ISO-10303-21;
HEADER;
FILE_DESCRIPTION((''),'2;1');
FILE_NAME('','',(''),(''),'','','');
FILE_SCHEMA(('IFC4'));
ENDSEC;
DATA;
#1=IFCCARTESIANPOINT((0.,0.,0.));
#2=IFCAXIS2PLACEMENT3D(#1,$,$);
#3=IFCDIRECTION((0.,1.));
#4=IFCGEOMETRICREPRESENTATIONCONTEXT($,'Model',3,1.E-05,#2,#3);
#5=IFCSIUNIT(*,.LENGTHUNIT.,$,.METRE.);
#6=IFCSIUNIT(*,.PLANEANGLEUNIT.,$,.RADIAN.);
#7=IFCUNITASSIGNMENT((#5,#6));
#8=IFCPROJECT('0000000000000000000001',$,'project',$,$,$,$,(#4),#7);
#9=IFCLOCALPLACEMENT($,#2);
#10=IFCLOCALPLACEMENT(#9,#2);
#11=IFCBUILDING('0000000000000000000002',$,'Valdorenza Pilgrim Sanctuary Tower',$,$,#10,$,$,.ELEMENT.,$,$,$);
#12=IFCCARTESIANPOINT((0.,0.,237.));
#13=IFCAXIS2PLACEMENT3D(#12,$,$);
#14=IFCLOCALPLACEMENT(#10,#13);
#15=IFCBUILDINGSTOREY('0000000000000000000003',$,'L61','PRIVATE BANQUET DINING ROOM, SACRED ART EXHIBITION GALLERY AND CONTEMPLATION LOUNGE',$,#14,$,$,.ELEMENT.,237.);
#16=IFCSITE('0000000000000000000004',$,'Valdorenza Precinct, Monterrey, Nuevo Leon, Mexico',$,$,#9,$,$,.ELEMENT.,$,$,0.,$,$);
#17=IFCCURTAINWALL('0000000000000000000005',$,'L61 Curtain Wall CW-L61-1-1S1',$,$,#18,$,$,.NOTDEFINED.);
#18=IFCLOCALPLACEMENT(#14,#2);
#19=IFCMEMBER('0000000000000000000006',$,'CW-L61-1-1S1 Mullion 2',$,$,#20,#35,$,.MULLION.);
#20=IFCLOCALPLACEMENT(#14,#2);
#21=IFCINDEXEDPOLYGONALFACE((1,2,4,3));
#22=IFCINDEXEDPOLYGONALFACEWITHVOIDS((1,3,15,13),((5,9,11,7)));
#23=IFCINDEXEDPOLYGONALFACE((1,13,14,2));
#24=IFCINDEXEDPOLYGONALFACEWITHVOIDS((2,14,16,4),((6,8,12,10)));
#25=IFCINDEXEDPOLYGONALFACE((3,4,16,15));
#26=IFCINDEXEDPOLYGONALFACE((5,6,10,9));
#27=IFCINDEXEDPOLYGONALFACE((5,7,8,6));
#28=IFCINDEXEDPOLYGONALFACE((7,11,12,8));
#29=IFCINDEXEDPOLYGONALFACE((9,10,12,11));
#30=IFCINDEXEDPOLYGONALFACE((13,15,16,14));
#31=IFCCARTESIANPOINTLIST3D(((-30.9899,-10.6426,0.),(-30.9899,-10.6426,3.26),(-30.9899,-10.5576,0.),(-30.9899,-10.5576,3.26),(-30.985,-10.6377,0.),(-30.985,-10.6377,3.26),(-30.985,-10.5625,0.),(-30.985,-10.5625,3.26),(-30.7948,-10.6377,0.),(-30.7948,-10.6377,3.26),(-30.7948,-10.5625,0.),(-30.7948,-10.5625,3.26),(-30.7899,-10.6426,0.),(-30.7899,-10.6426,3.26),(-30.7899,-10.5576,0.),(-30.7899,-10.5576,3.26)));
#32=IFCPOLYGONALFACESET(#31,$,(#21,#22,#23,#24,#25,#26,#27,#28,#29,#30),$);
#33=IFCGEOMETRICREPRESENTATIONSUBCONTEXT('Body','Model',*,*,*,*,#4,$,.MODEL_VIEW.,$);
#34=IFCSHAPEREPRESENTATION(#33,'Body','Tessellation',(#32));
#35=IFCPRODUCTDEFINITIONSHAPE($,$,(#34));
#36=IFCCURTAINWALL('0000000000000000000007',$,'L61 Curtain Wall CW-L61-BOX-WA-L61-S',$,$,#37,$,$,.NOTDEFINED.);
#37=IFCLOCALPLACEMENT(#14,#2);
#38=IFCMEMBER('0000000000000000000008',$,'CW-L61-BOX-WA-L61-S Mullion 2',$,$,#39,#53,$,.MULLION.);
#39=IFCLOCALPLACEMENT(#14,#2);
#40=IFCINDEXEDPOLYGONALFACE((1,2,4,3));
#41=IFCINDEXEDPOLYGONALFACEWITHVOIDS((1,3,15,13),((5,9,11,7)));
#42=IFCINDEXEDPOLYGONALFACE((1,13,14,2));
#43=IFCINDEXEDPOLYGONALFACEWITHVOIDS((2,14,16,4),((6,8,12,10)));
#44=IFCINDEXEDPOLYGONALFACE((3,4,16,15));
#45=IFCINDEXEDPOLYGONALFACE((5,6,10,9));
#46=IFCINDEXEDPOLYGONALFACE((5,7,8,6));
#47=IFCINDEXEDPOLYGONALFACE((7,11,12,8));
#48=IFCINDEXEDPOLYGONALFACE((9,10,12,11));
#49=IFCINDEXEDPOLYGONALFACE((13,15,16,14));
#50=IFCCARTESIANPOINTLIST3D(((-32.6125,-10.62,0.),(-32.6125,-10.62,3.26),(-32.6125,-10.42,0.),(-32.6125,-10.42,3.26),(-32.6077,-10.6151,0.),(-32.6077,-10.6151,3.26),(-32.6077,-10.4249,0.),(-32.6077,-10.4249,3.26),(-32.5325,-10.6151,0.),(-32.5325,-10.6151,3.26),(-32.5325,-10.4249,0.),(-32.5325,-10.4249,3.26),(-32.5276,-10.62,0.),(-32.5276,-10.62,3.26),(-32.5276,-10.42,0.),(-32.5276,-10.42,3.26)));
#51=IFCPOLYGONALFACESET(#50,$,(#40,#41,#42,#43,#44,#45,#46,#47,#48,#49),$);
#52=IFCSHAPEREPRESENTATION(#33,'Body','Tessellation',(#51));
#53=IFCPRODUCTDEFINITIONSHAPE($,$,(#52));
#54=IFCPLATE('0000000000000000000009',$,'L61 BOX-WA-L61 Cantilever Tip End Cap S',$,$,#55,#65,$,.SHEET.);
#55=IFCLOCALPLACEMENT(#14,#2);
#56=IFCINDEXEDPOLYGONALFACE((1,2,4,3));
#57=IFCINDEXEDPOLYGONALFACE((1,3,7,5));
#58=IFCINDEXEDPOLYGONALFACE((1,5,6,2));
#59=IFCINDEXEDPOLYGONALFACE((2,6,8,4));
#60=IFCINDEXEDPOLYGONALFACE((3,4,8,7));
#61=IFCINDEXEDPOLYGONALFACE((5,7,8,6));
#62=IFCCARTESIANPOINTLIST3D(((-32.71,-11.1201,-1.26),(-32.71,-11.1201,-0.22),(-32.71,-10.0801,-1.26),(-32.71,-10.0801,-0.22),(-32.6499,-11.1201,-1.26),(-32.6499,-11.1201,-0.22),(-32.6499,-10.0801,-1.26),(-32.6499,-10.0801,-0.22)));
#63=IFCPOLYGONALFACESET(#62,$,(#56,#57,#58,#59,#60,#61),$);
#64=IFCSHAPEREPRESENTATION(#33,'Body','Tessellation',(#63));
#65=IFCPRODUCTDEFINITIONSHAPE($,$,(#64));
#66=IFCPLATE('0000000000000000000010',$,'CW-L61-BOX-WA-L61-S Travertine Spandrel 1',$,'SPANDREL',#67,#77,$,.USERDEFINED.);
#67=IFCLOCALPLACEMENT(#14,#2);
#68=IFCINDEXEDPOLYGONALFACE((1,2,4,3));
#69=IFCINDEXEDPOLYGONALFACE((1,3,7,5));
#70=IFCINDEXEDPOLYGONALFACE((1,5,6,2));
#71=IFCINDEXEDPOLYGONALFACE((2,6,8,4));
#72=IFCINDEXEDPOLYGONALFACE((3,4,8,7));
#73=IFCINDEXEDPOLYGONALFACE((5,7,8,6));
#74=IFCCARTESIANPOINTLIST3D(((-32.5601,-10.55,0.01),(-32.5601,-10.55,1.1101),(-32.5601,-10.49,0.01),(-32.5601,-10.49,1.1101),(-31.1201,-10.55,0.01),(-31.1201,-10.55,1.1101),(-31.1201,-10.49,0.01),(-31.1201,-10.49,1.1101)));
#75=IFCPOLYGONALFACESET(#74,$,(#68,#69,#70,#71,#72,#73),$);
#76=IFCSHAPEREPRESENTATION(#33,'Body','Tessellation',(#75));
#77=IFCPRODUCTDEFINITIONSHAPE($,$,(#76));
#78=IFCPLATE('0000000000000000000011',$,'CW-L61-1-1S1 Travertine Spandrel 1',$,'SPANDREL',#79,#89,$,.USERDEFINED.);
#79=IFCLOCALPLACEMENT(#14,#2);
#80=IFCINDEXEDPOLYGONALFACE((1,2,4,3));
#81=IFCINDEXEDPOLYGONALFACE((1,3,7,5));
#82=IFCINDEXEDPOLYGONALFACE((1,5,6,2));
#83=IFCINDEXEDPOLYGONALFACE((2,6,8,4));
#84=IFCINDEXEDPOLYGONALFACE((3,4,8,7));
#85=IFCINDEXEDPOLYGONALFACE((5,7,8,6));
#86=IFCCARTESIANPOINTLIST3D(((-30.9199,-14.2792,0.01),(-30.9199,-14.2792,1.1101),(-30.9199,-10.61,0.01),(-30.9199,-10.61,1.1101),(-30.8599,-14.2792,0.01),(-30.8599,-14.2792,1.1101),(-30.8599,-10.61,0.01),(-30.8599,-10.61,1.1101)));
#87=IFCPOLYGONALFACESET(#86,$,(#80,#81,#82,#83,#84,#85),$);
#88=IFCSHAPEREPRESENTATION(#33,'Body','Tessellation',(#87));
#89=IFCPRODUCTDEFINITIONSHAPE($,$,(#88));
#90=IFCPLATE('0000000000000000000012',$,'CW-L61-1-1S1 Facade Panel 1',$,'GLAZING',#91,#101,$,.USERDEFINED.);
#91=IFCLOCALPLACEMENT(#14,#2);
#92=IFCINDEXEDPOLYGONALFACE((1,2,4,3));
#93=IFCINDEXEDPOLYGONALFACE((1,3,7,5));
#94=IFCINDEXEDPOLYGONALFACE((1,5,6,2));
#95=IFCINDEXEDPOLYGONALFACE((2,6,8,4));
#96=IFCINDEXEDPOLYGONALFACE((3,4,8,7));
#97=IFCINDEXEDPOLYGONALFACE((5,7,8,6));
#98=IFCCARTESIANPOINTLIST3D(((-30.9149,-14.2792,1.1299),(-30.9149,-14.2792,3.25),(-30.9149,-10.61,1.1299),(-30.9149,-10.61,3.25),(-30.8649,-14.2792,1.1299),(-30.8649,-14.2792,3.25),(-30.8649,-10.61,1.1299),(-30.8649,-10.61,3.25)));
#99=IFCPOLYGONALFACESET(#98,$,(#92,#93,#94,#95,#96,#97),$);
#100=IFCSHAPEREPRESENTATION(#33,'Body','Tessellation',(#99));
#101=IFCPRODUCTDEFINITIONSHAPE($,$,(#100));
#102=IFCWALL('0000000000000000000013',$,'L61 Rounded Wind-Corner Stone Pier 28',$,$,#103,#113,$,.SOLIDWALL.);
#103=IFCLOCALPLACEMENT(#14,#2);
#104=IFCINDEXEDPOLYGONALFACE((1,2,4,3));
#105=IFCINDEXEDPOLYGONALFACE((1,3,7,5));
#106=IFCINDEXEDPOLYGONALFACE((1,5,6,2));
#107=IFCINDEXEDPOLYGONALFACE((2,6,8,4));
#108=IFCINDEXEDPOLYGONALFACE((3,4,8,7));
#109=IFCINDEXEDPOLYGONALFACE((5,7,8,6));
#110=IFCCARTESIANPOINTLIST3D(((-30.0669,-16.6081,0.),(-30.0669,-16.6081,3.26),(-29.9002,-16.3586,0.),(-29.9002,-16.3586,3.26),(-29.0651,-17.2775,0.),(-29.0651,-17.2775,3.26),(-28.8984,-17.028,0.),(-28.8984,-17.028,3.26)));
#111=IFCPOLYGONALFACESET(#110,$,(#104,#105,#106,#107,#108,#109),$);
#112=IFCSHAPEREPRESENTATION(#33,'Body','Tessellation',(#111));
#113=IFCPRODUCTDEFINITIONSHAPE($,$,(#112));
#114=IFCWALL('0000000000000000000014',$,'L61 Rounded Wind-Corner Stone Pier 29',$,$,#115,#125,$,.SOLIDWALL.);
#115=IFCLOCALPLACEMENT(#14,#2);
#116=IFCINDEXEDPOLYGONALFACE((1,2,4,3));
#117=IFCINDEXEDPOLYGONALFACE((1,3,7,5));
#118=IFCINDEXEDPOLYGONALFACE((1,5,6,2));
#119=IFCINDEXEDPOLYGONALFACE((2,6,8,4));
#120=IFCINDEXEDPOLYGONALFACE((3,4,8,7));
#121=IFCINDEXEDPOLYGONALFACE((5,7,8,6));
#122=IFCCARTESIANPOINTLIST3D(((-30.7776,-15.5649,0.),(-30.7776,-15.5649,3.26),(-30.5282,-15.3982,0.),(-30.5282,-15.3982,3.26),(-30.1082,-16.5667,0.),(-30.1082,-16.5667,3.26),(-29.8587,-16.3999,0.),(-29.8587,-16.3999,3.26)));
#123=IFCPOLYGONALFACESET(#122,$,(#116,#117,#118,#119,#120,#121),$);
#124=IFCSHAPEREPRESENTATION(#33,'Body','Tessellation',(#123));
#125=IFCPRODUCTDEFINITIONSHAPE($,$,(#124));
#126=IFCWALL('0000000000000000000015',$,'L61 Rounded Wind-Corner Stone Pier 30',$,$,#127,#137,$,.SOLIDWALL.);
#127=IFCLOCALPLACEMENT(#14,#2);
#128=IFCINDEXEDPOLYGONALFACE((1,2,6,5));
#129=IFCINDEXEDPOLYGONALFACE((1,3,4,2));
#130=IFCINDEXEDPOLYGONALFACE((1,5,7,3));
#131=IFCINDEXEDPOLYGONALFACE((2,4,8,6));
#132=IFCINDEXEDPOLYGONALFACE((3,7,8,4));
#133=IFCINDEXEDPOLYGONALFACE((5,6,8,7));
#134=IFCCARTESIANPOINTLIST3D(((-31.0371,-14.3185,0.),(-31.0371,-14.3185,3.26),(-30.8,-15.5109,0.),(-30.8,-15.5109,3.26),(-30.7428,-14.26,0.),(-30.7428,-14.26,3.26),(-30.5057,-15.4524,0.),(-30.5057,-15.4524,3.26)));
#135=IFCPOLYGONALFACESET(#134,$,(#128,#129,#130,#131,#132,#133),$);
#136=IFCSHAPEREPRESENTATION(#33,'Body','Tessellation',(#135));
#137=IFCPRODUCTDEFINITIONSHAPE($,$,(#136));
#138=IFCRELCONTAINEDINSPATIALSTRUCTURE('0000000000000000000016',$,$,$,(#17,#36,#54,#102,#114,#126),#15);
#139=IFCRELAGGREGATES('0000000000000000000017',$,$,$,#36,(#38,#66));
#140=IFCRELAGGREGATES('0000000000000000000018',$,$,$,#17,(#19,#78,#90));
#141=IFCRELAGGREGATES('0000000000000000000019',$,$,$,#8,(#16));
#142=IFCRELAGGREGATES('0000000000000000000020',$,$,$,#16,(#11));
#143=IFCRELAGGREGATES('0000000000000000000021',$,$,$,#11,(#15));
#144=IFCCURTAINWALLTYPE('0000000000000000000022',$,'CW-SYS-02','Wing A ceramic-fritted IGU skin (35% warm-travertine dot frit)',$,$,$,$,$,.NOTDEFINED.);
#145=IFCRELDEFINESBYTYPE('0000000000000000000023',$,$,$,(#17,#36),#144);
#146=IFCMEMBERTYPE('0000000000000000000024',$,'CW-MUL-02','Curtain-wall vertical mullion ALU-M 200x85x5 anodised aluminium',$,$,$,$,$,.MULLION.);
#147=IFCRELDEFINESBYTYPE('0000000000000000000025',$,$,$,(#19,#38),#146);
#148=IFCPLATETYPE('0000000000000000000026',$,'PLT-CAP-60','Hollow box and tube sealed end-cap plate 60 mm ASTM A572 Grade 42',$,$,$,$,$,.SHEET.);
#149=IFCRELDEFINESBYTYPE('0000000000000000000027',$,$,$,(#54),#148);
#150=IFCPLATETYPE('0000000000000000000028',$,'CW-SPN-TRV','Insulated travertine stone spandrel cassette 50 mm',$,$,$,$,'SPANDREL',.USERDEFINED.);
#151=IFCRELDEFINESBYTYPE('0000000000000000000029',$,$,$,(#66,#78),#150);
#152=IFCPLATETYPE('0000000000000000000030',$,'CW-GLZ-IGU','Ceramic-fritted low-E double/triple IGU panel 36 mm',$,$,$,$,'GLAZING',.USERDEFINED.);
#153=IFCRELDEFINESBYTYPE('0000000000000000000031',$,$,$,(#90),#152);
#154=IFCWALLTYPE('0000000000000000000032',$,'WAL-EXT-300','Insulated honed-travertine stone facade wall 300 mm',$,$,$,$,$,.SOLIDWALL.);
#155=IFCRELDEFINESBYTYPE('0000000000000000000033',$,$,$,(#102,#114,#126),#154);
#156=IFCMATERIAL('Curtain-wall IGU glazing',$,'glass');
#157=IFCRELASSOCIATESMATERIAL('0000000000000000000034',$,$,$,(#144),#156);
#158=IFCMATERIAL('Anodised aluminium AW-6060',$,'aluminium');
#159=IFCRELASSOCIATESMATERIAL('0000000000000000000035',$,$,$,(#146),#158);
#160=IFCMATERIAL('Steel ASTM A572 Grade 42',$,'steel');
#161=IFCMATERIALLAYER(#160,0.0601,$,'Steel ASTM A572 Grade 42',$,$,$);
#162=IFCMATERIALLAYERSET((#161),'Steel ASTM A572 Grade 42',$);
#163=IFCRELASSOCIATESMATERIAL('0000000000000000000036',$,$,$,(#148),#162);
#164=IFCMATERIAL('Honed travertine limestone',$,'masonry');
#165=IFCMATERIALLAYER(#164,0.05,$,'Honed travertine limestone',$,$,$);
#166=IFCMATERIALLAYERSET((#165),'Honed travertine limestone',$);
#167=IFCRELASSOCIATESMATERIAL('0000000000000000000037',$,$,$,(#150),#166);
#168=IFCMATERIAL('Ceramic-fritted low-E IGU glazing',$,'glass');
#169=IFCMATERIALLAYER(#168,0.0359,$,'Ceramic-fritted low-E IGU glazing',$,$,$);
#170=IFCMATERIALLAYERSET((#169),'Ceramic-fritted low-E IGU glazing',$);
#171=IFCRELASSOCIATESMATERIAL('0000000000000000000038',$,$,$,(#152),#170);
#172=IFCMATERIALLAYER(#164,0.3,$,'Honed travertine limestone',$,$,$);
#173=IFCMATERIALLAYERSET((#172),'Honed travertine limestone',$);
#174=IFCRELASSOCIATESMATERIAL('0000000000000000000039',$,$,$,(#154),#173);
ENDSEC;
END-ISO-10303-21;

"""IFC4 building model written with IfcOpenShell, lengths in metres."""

from ifc_helpers import new_model, si_unit, direction, frame, frame_2d, origin, origin_2d, place, context, subcontext, project, spatial, rectangle, hollow_rectangle, extrude, source, transform, mapped, material, layer, layer_set, material_profile, profile_set, type_object, element, aggregate, save


model = new_model("IFC4")

# Units and contexts
model_context = context("Model", 3, precision=1e-05, world=origin(), true_north=direction((0.0, 1.0)))
body_context = subcontext(model_context, "Body", "Model", "MODEL_VIEW")
ifc_project = project(units=[si_unit("LENGTHUNIT", "METRE"), si_unit("PLANEANGLEUNIT", "RADIAN")], contexts=[model_context])

# Site, building, storey
site_placement = place(None, origin())
site = spatial("IfcSite", under=ifc_project, at=site_placement, Name="Valdorenza Precinct, Monterrey, Nuevo Leon, Mexico", CompositionType="ELEMENT", RefElevation=0.0)
building_placement = place(site_placement, origin())
building = spatial("IfcBuilding", under=site, at=building_placement, Name="Valdorenza Pilgrim Sanctuary Tower", CompositionType="ELEMENT")
storey_placement = place(building_placement, frame((0.0, 0.0, 237.0)))
storey = spatial("IfcBuildingStorey", under=building, at=storey_placement, Name="L61", Description="PRIVATE BANQUET DINING ROOM, SACRED ART EXHIBITION GALLERY AND CONTEMPLATION LOUNGE", CompositionType="ELEMENT", Elevation=237.0)

# Shared definitions
ifc_material_1 = material(Name="Steel ASTM A572 Grade 42", Category="steel")

# Shared definitions
ifc_material_2 = material(Name="Curtain-wall IGU glazing", Category="glass")
curtain_wall_type = type_object("IfcCurtainWallType", Name="CW-SYS-02", Description="Wing A ceramic-fritted IGU skin (35% warm-travertine dot frit)", PredefinedType="NOTDEFINED", material=ifc_material_2)
ifc_material_3 = material(Name="Anodised aluminium AW-6060", Category="aluminium")

# Curtain wall, member
curtain_wall_1_placement = place(storey_placement, origin())
curtain_wall_1 = element("IfcCurtainWall", 1, at=curtain_wall_1_placement, inside=storey, type_object=curtain_wall_type, Name="L61 Curtain Wall CW-L61-1-1S1", PredefinedType="NOTDEFINED")
ifc_material_profile_1 = material_profile(ifc_material_3, hollow_rectangle(XDim=0.085, YDim=0.2, WallThickness=0.0049, at=origin_2d()), Name="ALU-M 200x85x5")
ifc_profile_set_1 = profile_set([ifc_material_profile_1], Name="Anodised aluminium AW-6060")
member_type_1 = type_object("IfcMemberType", Name="CW-MUL-02", Description="Curtain-wall vertical mullion ALU-M 200x85x5 anodised aluminium", PredefinedType="MULLION", material=ifc_profile_set_1)
shared_shape_1 = source(origin(), body_context, "Body", "SweptSolid", [
    extrude(hollow_rectangle(XDim=0.085, YDim=0.2, WallThickness=0.0049, at=origin_2d()), origin(), (0.0, 0.0, 1.0), 3.26),
])
member_1_placement = place(storey_placement, frame((-30.8899, -10.6001, 0.0), z_axis=(0.0, 0.0, 1.0), x_axis=(0.0, 1.0, 0.0)))
member_1 = element("IfcMember", 2, at=member_1_placement, type_object=member_type_1, Name="CW-L61-1-1S1 Mullion 2", PredefinedType="MULLION", context=body_context, shape_type="MappedRepresentation", body=[
    mapped(shared_shape_1, transform((0.0, 0.0, 0.0), x_axis=(1.0, 0.0, 0.0), y_axis=(0.0, 1.0, 0.0), z_axis=(0.0, 0.0, 1.0), scale=1.0)),
])

# Curtain wall, member
curtain_wall_2_placement = place(storey_placement, origin())
curtain_wall_2 = element("IfcCurtainWall", 3, at=curtain_wall_2_placement, inside=storey, type_object=curtain_wall_type, Name="L61 Curtain Wall CW-L61-BOX-WA-L61-S", PredefinedType="NOTDEFINED")
member_2_placement = place(storey_placement, frame((-32.5701, -10.52, 0.0), z_axis=(0.0, 0.0, 1.0), x_axis=(-1.0, 0.0, 0.0)))
member_2 = element("IfcMember", 4, at=member_2_placement, type_object=member_type_1, Name="CW-L61-BOX-WA-L61-S Mullion 2", PredefinedType="MULLION", context=body_context, shape_type="MappedRepresentation", body=[
    mapped(shared_shape_1, transform((0.0, 0.0, 0.0), x_axis=(1.0, 0.0, 0.0), y_axis=(0.0, 1.0, 0.0), z_axis=(0.0, 0.0, 1.0), scale=1.0)),
])

# Plates
ifc_layer_1 = layer(ifc_material_1, 0.0601, Name="Steel ASTM A572 Grade 42")
ifc_layer_set_1 = layer_set([ifc_layer_1], Name="Steel ASTM A572 Grade 42")
plate_type_1 = type_object("IfcPlateType", Name="PLT-CAP-60", Description="Hollow box and tube sealed end-cap plate 60 mm ASTM A572 Grade 42", PredefinedType="SHEET", material=ifc_layer_set_1)
shared_shape_2 = source(origin(), body_context, "Body", "SweptSolid", [
    extrude(rectangle(XDim=0.0601, YDim=1.04, at=origin_2d()), origin(), (0.0, 0.0, 1.0), 1.04),
])
plate_1_placement = place(storey_placement, frame((-32.6799, -10.6001, -1.26), z_axis=(0.0, 0.0, 1.0), x_axis=(1.0, 0.0, 0.0)))
element("IfcPlate", 5, at=plate_1_placement, inside=storey, type_object=plate_type_1, Name="L61 BOX-WA-L61 Cantilever Tip End Cap S", PredefinedType="SHEET", context=body_context, shape_type="MappedRepresentation", body=[
    mapped(shared_shape_2, transform((0.0, 0.0, 0.0), x_axis=(1.0, 0.0, 0.0), y_axis=(0.0, 1.0, 0.0), z_axis=(0.0, 0.0, 1.0), scale=1.0)),
])
ifc_material_4 = material(Name="Honed travertine limestone", Category="masonry")
ifc_layer_2 = layer(ifc_material_4, 0.05, Name="Honed travertine limestone")
ifc_layer_set_2 = layer_set([ifc_layer_2], Name="Honed travertine limestone")
plate_type_2 = type_object("IfcPlateType", Name="CW-SPN-TRV", Description="Insulated travertine stone spandrel cassette 50 mm", ElementType="SPANDREL", PredefinedType="USERDEFINED", material=ifc_layer_set_2)
shared_shape_3 = source(origin(), body_context, "Body", "SweptSolid", [
    extrude(rectangle(XDim=1.4399, YDim=0.0601, at=origin_2d()), origin(), (0.0, 0.0, 1.0), 1.1001),
])
plate_2_placement = place(storey_placement, frame((-31.8401, -10.52, 0.01), z_axis=(0.0, 0.0, 1.0), x_axis=(-1.0, 0.0, 0.0)))
plate_2 = element("IfcPlate", 6, at=plate_2_placement, type_object=plate_type_2, Name="CW-L61-BOX-WA-L61-S Travertine Spandrel 1", ObjectType="SPANDREL", PredefinedType="USERDEFINED", context=body_context, shape_type="MappedRepresentation", body=[
    mapped(shared_shape_3, transform((0.0, 0.0, 0.0), x_axis=(1.0, 0.0, 0.0), y_axis=(0.0, 1.0, 0.0), z_axis=(0.0, 0.0, 1.0), scale=1.0)),
])
aggregate(curtain_wall_2, [member_2, plate_2])
shared_shape_4 = source(origin(), body_context, "Body", "SweptSolid", [
    extrude(rectangle(XDim=3.6692, YDim=0.0601, at=origin_2d()), origin(), (0.0, 0.0, 1.0), 1.1001),
])
plate_3_placement = place(storey_placement, frame((-30.8899, -12.4446, 0.01), z_axis=(0.0, 0.0, 1.0), x_axis=(0.0, 1.0, 0.0)))
plate_3 = element("IfcPlate", 7, at=plate_3_placement, type_object=plate_type_2, Name="CW-L61-1-1S1 Travertine Spandrel 1", ObjectType="SPANDREL", PredefinedType="USERDEFINED", context=body_context, shape_type="MappedRepresentation", body=[
    mapped(shared_shape_4, transform((0.0, 0.0, 0.0), x_axis=(1.0, 0.0, 0.0), y_axis=(0.0, 1.0, 0.0), z_axis=(0.0, 0.0, 1.0), scale=1.0)),
])
ifc_material_5 = material(Name="Ceramic-fritted low-E IGU glazing", Category="glass")
ifc_layer_3 = layer(ifc_material_5, 0.0359, Name="Ceramic-fritted low-E IGU glazing")
ifc_layer_set_3 = layer_set([ifc_layer_3], Name="Ceramic-fritted low-E IGU glazing")
plate_type_3 = type_object("IfcPlateType", Name="CW-GLZ-IGU", Description="Ceramic-fritted low-E double/triple IGU panel 36 mm", ElementType="GLAZING", PredefinedType="USERDEFINED", material=ifc_layer_set_3)
shared_shape_5 = source(origin(), body_context, "Body", "SweptSolid", [
    extrude(rectangle(XDim=3.6692, YDim=0.05, at=origin_2d()), origin(), (0.0, 0.0, 1.0), 2.1201),
])
plate_4_placement = place(storey_placement, frame((-30.8899, -12.4446, 1.1299), z_axis=(0.0, 0.0, 1.0), x_axis=(0.0, 1.0, 0.0)))
plate_4 = element("IfcPlate", 8, at=plate_4_placement, type_object=plate_type_3, Name="CW-L61-1-1S1 Facade Panel 1", ObjectType="GLAZING", PredefinedType="USERDEFINED", context=body_context, shape_type="MappedRepresentation", body=[
    mapped(shared_shape_5, transform((0.0, 0.0, 0.0), x_axis=(1.0, 0.0, 0.0), y_axis=(0.0, 1.0, 0.0), z_axis=(0.0, 0.0, 1.0), scale=1.0)),
])
aggregate(curtain_wall_1, [member_1, plate_3, plate_4])

# Walls
ifc_layer_4 = layer(ifc_material_4, 0.3, Name="Honed travertine limestone")
ifc_layer_set_4 = layer_set([ifc_layer_4], Name="Honed travertine limestone")
wall_type = type_object("IfcWallType", Name="WAL-EXT-300", Description="Insulated honed-travertine stone facade wall 300 mm", PredefinedType="SOLIDWALL", material=ifc_layer_set_4)
for number, where, z_axis, x_axis, name in (
    (9, (-28.9817, -17.1528, 0.0), (0.0, 0.0, 1.0), (-0.831426, 0.555635, 0.0), "L61 Rounded Wind-Corner Stone Pier 28"),
    (10, (-29.9834, -16.4834, 0.0), (0.0, 0.0, 1.0), (-0.555635, 0.831426, 0.0), "L61 Rounded Wind-Corner Stone Pier 29"),
):
    element("IfcWall", number, at=place(storey_placement, frame(where, z_axis=z_axis, x_axis=x_axis)), inside=storey, type_object=wall_type, Name=name, PredefinedType="SOLIDWALL", context=body_context, shape_type="SweptSolid", body=[
        extrude(rectangle(XDim=1.2048, YDim=0.3, at=frame_2d((0.6025, 0.0))), origin(), (0.0, 0.0, 1.0), 3.26),
    ])
wall_placement = place(storey_placement, frame((-30.6528, -15.4817, 0.0), z_axis=(0.0, 0.0, 1.0), x_axis=(-0.194996, 0.980804, 0.0)))
element("IfcWall", 11, at=wall_placement, inside=storey, type_object=wall_type, Name="L61 Rounded Wind-Corner Stone Pier 30", PredefinedType="SOLIDWALL", context=body_context, shape_type="SweptSolid", body=[
    extrude(rectangle(XDim=1.2158, YDim=0.3, at=frame_2d((0.6079, 0.0))), origin(), (0.0, 0.0, 1.0), 3.26),
])

save(model, "model.ifc")
